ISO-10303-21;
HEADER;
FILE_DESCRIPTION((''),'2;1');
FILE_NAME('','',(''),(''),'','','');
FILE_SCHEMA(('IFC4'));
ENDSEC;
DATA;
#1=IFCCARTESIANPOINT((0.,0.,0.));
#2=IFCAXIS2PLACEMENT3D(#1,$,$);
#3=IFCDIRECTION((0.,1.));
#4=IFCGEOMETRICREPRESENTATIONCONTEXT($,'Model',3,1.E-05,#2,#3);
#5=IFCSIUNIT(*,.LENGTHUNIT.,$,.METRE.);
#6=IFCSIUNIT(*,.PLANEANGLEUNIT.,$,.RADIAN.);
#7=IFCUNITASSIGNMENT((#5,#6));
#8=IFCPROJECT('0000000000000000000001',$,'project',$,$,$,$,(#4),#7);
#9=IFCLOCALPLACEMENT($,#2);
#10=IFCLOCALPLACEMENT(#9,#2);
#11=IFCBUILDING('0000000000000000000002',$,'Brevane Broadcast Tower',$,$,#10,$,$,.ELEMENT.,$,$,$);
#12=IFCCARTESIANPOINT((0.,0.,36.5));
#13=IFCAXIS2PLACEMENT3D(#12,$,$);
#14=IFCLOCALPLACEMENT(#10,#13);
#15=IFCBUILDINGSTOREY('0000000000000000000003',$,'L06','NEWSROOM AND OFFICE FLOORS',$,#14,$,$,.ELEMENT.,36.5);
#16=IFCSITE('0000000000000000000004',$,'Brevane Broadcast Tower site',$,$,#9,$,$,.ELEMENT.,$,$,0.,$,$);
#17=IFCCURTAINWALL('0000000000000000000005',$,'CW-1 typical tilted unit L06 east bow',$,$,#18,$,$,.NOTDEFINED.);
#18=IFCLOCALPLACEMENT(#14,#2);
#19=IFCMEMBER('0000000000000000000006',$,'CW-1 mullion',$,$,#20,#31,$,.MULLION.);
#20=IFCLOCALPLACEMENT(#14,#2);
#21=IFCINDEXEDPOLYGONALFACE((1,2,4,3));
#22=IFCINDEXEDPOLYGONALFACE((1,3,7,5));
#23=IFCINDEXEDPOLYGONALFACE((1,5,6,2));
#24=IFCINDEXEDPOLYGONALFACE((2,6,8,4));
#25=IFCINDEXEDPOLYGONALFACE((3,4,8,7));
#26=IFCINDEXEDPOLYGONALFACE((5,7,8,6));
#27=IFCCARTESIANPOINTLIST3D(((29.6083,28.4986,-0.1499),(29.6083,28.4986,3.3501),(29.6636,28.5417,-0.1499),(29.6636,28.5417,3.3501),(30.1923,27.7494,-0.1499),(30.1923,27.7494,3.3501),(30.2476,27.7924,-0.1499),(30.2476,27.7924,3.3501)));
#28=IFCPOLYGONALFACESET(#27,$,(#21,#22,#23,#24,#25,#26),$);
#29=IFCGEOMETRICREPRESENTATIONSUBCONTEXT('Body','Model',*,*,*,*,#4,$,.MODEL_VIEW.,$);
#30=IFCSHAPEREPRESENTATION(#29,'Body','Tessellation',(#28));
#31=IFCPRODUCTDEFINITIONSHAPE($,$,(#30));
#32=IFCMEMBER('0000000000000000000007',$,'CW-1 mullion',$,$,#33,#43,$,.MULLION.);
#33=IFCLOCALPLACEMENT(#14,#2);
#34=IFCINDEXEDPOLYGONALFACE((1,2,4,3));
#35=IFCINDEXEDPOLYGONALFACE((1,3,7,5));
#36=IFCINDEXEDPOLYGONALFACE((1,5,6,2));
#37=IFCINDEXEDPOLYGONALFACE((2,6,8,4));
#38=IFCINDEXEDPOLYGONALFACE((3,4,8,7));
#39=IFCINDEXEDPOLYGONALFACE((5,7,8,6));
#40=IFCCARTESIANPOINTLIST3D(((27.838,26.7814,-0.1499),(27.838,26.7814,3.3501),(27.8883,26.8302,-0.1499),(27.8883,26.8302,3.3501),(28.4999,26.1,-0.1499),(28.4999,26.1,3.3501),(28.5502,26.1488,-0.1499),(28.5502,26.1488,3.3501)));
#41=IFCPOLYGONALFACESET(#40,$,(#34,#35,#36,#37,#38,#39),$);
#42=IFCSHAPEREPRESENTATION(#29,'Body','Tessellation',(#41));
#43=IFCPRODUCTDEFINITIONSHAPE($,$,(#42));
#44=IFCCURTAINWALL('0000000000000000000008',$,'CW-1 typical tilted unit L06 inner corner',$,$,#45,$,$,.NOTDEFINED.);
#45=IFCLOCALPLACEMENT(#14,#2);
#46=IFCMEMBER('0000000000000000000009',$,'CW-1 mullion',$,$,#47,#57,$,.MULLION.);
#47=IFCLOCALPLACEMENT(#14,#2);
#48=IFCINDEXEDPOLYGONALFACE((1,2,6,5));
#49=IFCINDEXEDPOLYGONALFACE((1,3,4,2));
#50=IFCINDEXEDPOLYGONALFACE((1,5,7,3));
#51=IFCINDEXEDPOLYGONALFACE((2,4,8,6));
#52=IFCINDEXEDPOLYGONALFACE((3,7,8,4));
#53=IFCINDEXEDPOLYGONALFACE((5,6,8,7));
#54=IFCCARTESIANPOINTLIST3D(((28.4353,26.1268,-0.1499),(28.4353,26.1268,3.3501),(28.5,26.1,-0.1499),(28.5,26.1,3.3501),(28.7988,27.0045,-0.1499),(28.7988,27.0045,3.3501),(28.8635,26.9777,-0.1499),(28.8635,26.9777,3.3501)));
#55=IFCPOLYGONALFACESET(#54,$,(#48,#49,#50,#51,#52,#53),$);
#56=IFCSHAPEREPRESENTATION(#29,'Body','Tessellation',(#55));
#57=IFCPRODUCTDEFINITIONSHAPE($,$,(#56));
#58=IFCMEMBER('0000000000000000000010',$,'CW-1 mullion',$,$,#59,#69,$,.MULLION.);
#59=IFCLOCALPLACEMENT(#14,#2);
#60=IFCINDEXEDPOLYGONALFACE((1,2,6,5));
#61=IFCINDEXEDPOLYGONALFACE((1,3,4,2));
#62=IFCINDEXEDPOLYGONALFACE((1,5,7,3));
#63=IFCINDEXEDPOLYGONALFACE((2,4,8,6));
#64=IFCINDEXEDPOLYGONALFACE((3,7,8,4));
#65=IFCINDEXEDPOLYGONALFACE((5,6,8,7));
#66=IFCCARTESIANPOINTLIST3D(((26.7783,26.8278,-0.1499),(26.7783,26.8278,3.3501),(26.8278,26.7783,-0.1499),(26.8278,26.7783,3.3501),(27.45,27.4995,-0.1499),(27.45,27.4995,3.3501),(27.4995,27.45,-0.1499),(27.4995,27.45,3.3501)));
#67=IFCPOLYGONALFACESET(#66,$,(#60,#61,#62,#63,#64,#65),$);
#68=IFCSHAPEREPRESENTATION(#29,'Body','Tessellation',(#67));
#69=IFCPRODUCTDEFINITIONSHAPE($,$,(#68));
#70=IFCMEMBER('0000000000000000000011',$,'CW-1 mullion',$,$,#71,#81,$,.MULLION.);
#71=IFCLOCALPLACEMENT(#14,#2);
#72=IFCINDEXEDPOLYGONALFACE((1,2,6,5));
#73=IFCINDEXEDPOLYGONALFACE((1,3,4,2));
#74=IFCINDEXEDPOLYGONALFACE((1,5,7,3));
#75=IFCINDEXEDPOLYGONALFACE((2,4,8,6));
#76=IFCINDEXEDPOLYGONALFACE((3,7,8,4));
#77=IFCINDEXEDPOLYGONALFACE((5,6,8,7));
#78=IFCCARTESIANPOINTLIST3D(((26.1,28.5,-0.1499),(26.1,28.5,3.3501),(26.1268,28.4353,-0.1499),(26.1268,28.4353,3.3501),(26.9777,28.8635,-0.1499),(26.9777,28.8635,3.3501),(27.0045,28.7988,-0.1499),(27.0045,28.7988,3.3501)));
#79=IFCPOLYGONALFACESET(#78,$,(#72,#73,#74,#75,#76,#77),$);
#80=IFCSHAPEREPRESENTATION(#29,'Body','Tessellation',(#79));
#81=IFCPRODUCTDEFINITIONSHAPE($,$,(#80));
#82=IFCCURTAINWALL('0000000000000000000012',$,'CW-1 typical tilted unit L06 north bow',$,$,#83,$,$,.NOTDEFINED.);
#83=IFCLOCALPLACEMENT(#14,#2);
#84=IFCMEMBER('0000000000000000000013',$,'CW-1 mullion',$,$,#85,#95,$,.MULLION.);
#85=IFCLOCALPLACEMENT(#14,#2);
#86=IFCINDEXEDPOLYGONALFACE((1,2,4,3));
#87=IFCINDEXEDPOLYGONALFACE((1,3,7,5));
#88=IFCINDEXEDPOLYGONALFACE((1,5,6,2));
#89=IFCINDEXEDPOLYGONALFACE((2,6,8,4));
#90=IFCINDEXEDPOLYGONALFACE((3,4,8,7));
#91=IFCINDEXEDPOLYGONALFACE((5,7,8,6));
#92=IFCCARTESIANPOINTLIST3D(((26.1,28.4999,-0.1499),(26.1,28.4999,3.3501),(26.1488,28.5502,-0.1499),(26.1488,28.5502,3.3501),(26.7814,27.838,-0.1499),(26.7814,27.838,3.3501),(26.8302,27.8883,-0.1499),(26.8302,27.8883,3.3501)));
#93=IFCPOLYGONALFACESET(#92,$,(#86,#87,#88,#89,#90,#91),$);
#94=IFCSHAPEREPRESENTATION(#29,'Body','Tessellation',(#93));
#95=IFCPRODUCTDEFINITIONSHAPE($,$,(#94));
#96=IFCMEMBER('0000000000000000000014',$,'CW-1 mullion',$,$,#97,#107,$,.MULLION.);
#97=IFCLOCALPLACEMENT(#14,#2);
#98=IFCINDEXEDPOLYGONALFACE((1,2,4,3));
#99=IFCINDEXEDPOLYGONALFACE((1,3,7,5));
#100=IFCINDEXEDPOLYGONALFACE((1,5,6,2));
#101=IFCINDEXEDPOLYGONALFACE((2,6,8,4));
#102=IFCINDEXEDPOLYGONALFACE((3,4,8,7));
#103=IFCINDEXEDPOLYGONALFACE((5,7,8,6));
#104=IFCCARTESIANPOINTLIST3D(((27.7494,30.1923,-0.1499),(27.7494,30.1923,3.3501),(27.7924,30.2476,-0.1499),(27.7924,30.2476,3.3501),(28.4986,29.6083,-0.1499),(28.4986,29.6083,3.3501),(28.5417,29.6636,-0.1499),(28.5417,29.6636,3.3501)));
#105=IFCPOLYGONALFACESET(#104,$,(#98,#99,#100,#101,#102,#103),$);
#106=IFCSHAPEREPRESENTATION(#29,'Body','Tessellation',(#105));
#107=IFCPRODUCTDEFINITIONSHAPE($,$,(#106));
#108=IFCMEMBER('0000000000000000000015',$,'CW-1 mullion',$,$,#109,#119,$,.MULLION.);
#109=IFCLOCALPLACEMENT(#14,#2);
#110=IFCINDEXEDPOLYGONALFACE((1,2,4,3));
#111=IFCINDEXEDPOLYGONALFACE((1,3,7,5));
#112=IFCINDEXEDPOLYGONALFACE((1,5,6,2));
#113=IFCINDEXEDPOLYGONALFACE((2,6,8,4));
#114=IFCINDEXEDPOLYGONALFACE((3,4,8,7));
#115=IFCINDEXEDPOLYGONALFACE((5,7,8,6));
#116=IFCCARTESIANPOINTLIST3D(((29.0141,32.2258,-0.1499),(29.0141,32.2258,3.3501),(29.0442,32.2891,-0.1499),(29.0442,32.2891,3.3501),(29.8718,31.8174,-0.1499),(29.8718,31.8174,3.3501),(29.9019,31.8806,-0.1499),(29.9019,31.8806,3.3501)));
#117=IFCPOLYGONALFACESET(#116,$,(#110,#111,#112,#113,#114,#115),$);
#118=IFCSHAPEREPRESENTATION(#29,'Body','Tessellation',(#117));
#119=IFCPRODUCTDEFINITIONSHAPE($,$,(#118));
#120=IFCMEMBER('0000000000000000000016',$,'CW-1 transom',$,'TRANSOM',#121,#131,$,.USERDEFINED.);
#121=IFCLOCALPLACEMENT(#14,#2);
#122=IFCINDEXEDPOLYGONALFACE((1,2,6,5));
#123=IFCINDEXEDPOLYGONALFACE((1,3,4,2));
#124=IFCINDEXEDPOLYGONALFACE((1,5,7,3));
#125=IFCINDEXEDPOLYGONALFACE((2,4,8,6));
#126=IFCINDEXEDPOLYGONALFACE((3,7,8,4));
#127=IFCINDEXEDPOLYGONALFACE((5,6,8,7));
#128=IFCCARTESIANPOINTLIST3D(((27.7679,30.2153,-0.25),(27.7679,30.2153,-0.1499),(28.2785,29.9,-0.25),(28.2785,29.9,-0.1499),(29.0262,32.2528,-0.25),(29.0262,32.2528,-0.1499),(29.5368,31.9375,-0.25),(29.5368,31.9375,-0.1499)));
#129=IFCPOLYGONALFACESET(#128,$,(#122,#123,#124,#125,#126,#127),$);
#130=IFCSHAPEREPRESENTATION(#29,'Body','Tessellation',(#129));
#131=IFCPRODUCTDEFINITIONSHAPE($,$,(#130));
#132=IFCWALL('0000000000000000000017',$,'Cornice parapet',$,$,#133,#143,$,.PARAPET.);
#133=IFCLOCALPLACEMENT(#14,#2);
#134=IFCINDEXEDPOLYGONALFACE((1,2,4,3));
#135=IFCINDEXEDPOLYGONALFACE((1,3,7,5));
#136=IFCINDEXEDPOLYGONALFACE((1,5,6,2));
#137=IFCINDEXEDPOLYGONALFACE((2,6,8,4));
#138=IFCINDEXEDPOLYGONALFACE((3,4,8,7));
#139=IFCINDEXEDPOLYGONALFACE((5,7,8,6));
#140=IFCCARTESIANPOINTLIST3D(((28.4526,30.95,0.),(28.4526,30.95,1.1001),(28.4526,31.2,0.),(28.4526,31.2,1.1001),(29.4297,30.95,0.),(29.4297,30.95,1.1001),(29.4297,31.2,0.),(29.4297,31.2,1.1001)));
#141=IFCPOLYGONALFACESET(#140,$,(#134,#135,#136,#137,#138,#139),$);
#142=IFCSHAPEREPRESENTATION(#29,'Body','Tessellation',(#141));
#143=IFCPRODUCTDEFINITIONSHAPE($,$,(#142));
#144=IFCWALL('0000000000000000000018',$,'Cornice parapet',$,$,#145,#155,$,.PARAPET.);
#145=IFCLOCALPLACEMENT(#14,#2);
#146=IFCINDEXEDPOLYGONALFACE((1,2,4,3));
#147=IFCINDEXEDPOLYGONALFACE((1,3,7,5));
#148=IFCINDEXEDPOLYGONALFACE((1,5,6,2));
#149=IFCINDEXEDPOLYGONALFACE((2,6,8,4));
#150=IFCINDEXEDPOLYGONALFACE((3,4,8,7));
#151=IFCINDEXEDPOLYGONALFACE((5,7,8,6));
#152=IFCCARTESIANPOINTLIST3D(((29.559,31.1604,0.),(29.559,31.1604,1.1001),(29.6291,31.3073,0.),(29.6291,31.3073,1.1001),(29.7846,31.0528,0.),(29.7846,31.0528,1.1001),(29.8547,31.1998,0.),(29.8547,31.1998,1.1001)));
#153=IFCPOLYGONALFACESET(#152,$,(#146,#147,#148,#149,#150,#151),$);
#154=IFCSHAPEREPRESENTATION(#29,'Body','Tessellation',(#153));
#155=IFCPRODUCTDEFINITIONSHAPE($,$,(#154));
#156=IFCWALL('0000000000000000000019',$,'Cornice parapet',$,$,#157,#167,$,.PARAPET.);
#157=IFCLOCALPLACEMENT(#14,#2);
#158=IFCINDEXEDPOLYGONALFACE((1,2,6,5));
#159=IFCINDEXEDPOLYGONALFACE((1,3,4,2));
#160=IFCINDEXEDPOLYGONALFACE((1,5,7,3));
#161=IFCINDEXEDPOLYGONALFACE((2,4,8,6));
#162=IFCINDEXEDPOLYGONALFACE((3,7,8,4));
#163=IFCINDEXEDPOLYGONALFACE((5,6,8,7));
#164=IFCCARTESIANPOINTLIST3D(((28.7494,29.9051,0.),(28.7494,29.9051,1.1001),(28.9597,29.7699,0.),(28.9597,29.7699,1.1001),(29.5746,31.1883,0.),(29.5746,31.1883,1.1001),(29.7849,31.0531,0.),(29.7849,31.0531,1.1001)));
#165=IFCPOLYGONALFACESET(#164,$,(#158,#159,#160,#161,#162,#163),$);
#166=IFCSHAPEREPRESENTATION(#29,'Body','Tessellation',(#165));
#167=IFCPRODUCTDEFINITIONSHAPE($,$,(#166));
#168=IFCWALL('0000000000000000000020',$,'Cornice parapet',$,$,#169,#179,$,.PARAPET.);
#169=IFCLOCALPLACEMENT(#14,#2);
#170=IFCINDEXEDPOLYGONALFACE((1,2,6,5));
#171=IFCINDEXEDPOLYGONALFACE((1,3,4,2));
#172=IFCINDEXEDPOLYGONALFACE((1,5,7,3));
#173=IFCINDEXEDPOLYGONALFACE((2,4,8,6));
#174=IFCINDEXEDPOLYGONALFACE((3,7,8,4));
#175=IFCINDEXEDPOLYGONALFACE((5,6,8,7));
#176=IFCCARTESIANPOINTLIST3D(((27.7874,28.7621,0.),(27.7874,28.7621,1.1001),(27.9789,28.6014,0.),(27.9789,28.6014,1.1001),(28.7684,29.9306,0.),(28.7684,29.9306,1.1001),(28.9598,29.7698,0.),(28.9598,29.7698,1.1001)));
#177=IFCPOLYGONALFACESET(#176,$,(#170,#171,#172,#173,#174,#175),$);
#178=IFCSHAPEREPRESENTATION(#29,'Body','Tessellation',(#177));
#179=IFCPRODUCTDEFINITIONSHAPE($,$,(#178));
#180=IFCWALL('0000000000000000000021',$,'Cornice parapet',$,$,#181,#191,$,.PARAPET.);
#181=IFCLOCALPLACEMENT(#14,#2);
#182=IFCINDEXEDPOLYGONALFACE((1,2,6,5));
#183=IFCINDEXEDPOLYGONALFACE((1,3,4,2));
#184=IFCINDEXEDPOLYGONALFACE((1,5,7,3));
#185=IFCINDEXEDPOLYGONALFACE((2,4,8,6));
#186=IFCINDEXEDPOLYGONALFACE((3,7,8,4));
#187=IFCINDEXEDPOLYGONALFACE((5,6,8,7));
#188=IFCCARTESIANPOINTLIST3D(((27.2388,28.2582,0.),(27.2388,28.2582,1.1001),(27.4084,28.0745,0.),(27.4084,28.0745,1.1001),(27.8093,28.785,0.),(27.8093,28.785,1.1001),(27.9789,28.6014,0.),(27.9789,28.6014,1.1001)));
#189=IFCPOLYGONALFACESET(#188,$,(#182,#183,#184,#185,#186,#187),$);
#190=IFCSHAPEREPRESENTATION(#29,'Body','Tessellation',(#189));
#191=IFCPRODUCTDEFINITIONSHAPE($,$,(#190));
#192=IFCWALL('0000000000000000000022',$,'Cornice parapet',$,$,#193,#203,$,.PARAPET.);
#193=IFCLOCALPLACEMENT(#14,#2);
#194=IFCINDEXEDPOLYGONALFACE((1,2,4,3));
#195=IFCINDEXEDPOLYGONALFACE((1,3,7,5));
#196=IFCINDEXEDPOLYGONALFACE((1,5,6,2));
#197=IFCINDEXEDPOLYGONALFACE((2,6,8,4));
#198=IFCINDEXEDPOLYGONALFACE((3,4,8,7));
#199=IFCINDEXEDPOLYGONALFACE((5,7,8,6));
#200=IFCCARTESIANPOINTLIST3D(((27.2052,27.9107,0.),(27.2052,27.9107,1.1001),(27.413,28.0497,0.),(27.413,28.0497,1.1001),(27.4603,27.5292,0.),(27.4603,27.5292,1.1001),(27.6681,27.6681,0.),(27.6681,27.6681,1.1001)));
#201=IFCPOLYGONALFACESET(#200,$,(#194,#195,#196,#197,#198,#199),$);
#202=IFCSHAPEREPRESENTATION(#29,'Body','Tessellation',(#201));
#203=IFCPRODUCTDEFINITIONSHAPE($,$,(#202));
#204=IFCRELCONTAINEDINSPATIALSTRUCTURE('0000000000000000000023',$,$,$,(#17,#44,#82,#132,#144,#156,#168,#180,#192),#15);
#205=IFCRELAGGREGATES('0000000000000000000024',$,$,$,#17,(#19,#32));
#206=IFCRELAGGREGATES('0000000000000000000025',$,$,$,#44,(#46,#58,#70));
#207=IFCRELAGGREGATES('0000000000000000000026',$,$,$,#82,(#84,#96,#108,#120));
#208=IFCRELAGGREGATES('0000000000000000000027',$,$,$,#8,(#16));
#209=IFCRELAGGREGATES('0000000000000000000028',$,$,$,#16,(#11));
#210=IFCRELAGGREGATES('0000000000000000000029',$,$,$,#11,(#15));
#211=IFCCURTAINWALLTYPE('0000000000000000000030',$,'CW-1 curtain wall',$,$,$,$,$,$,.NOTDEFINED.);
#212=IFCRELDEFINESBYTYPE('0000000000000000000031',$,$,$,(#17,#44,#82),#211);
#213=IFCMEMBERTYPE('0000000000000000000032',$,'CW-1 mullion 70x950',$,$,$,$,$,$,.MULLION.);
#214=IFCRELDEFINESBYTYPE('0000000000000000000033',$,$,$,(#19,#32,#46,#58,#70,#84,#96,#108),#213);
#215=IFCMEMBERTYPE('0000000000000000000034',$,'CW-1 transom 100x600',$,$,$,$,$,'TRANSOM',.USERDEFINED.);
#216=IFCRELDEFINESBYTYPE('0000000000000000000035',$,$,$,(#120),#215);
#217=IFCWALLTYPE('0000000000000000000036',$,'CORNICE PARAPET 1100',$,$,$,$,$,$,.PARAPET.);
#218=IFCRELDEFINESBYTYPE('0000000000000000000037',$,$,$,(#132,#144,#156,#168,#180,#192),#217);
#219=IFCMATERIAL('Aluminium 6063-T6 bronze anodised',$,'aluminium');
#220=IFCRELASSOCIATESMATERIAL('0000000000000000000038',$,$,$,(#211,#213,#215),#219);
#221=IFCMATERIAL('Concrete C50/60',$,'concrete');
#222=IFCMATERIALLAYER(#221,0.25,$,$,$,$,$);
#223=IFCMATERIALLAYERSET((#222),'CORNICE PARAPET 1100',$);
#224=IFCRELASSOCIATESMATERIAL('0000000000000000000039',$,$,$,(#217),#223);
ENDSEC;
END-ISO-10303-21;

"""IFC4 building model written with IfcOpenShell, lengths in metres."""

from ifc_helpers import new_model, si_unit, direction, frame, frame_2d, origin, origin_2d, place, context, subcontext, project, spatial, rectangle, extrude, material, layer, layer_set, material_profile, profile_set, type_object, element, aggregate, save


model = new_model("IFC4")

# Units and contexts
model_context = context("Model", 3, precision=1e-05, world=origin(), true_north=direction((0.0, 1.0)))
body_context = subcontext(model_context, "Body", "Model", "MODEL_VIEW")
ifc_project = project(units=[si_unit("LENGTHUNIT", "METRE"), si_unit("PLANEANGLEUNIT", "RADIAN")], contexts=[model_context])

# Site, building, storey
site_placement = place(None, origin())
site = spatial("IfcSite", under=ifc_project, at=site_placement, Name="Brevane Broadcast Tower site", CompositionType="ELEMENT", RefElevation=0.0)
building_placement = place(site_placement, origin())
building = spatial("IfcBuilding", under=site, at=building_placement, Name="Brevane Broadcast Tower", CompositionType="ELEMENT")
storey_placement = place(building_placement, frame((0.0, 0.0, 36.5)))
storey = spatial("IfcBuildingStorey", under=building, at=storey_placement, Name="L06", Description="NEWSROOM AND OFFICE FLOORS", CompositionType="ELEMENT", Elevation=36.5)

# Curtain walls, members
ifc_material_1 = material(Name="Aluminium 6063-T6 bronze anodised", Category="aluminium")
curtain_wall_type = type_object("IfcCurtainWallType", Name="CW-1 curtain wall", PredefinedType="NOTDEFINED", material=ifc_material_1)
curtain_wall_1_placement = place(storey_placement, origin())
curtain_wall_1 = element("IfcCurtainWall", 1, at=curtain_wall_1_placement, inside=storey, type_object=curtain_wall_type, Name="CW-1 typical tilted unit L06 east bow", PredefinedType="NOTDEFINED")
ifc_material_profile_1 = material_profile(ifc_material_1, rectangle(XDim=0.95, YDim=0.0701, at=origin_2d()), Name="RECT 70x950")
ifc_profile_set_1 = profile_set([ifc_material_profile_1], Name="Aluminium 6063-T6 bronze anodised")
member_type_1 = type_object("IfcMemberType", Name="CW-1 mullion 70x950", PredefinedType="MULLION", material=ifc_profile_set_1)
member_1_placement = place(storey_placement, frame((29.928, 28.1455, -0.1499), z_axis=(0.0, 0.0, 1.0), x_axis=(0.61477, -0.788707, 0.0)))
member_1 = element("IfcMember", 2, at=member_1_placement, type_object=member_type_1, Name="CW-1 mullion", PredefinedType="MULLION", context=body_context, shape_type="SweptSolid", body=[
    extrude(rectangle(XDim=0.95, YDim=0.0701, at=origin_2d()), origin(), (0.0, 0.0, 1.0), 3.5),
])
member_2_placement = place(storey_placement, frame((28.1941, 26.4651, -0.1499), z_axis=(0.0, 0.0, 1.0), x_axis=(0.696812, -0.717254, 0.0)))
member_2 = element("IfcMember", 3, at=member_2_placement, type_object=member_type_1, Name="CW-1 mullion", PredefinedType="MULLION", context=body_context, shape_type="SweptSolid", body=[
    extrude(rectangle(XDim=0.95, YDim=0.0701, at=origin_2d()), origin(), (0.0, 0.0, 1.0), 3.5),
])
aggregate(curtain_wall_1, [member_1, member_2])
curtain_wall_2_placement = place(storey_placement, origin())
curtain_wall_2 = element("IfcCurtainWall", 4, at=curtain_wall_2_placement, inside=storey, type_object=curtain_wall_type, Name="CW-1 typical tilted unit L06 inner corner", PredefinedType="NOTDEFINED")
member_3_placement = place(storey_placement, frame((28.6494, 26.5522, -0.1499), z_axis=(0.0, 0.0, 1.0), x_axis=(-0.382684, -0.923879, 0.0)))
member_3 = element("IfcMember", 5, at=member_3_placement, type_object=member_type_1, Name="CW-1 mullion", PredefinedType="MULLION", context=body_context, shape_type="SweptSolid", body=[
    extrude(rectangle(XDim=0.95, YDim=0.0701, at=origin_2d()), origin(), (0.0, 0.0, 1.0), 3.5),
])
member_4_placement = place(storey_placement, frame((27.1389, 27.1389, -0.1499), z_axis=(0.0, 0.0, 1.0), x_axis=(-0.707107, -0.707107, 0.0)))
member_4 = element("IfcMember", 6, at=member_4_placement, type_object=member_type_1, Name="CW-1 mullion", PredefinedType="MULLION", context=body_context, shape_type="SweptSolid", body=[
    extrude(rectangle(XDim=0.95, YDim=0.0701, at=origin_2d()), origin(), (0.0, 0.0, 1.0), 3.5),
])
member_5_placement = place(storey_placement, frame((26.5522, 28.6494, -0.1499), z_axis=(0.0, 0.0, 1.0), x_axis=(-0.923879, -0.382684, 0.0)))
member_5 = element("IfcMember", 7, at=member_5_placement, type_object=member_type_1, Name="CW-1 mullion", PredefinedType="MULLION", context=body_context, shape_type="SweptSolid", body=[
    extrude(rectangle(XDim=0.95, YDim=0.0701, at=origin_2d()), origin(), (0.0, 0.0, 1.0), 3.5),
])
aggregate(curtain_wall_2, [member_3, member_4, member_5])
curtain_wall_3_placement = place(storey_placement, origin())
curtain_wall_3 = element("IfcCurtainWall", 8, at=curtain_wall_3_placement, inside=storey, type_object=curtain_wall_type, Name="CW-1 typical tilted unit L06 north bow", PredefinedType="NOTDEFINED")
member_6_placement = place(storey_placement, frame((26.4651, 28.1941, -0.1499), z_axis=(0.0, 0.0, 1.0), x_axis=(-0.717254, 0.696812, 0.0)))
member_6 = element("IfcMember", 9, at=member_6_placement, type_object=member_type_1, Name="CW-1 mullion", PredefinedType="MULLION", context=body_context, shape_type="SweptSolid", body=[
    extrude(rectangle(XDim=0.95, YDim=0.0701, at=origin_2d()), origin(), (0.0, 0.0, 1.0), 3.5),
])
member_7_placement = place(storey_placement, frame((28.1455, 29.928, -0.1499), z_axis=(0.0, 0.0, 1.0), x_axis=(-0.788707, 0.61477, 0.0)))
member_7 = element("IfcMember", 10, at=member_7_placement, type_object=member_type_1, Name="CW-1 mullion", PredefinedType="MULLION", context=body_context, shape_type="SweptSolid", body=[
    extrude(rectangle(XDim=0.95, YDim=0.0701, at=origin_2d()), origin(), (0.0, 0.0, 1.0), 3.5),
])
member_8_placement = place(storey_placement, frame((29.458, 32.0532, -0.1499), z_axis=(0.0, 0.0, 1.0), x_axis=(-0.902861, 0.429934, 0.0)))
member_8 = element("IfcMember", 11, at=member_8_placement, type_object=member_type_1, Name="CW-1 mullion", PredefinedType="MULLION", context=body_context, shape_type="SweptSolid", body=[
    extrude(rectangle(XDim=0.95, YDim=0.0701, at=origin_2d()), origin(), (0.0, 0.0, 1.0), 3.5),
])
ifc_material_profile_2 = material_profile(ifc_material_1, rectangle(XDim=0.6001, YDim=0.1001, at=origin_2d()), Name="RECT 100x600")
ifc_profile_set_2 = profile_set([ifc_material_profile_2], Name="Aluminium 6063-T6 bronze anodised")
member_type_2 = type_object("IfcMemberType", Name="CW-1 transom 100x600", ElementType="TRANSOM", PredefinedType="USERDEFINED", material=ifc_profile_set_2)
member_9_placement = place(storey_placement, frame((28.0232, 30.0576, -0.2), z_axis=(0.525428, 0.850838, 0.0), x_axis=(-0.850838, 0.525428, 0.0)))
member_9 = element("IfcMember", 12, at=member_9_placement, type_object=member_type_2, Name="CW-1 transom", ObjectType="TRANSOM", PredefinedType="USERDEFINED", context=body_context, shape_type="SweptSolid", body=[
    extrude(rectangle(XDim=0.6001, YDim=0.1001, at=origin_2d()), origin(), (0.0, 0.0, 1.0), 2.3948),
])
aggregate(curtain_wall_3, [member_6, member_7, member_8, member_9])

# Walls
ifc_material_2 = material(Name="Concrete C50/60", Category="concrete")
ifc_layer_1 = layer(ifc_material_2, 0.25)
ifc_layer_set_1 = layer_set([ifc_layer_1], Name="CORNICE PARAPET 1100")
wall_type_1 = type_object("IfcWallType", Name="CORNICE PARAPET 1100", PredefinedType="PARAPET", material=ifc_layer_set_1)
wall_1_placement = place(storey_placement, frame((28.4526, 31.075, 0.0), z_axis=(0.0, 0.0, 1.0), x_axis=(1.0, 0.0, 0.0)))
element("IfcWall", 13, at=wall_1_placement, inside=storey, type_object=wall_type_1, Name="Cornice parapet", PredefinedType="PARAPET", context=body_context, shape_type="SweptSolid", body=[
    extrude(rectangle(XDim=0.9771, YDim=0.25, at=frame_2d((0.4885, 0.0))), origin(), (0.0, 0.0, 1.0), 1.1001),
])
wall_2_placement = place(storey_placement, frame((29.7419, 31.2537, 0.0), z_axis=(0.0, 0.0, 1.0), x_axis=(-0.430341, -0.902666, 0.0)))
element("IfcWall", 14, at=wall_2_placement, inside=storey, type_object=wall_type_1, Name="Cornice parapet", PredefinedType="PARAPET", context=body_context, shape_type="SweptSolid", body=[
    extrude(rectangle(XDim=0.1628, YDim=0.25, at=frame_2d((0.0815, 0.0))), origin(), (0.0, 0.0, 1.0), 1.1001),
])
for number, where, z_axis, x_axis, name in (
    (15, (29.6797, 31.1206, 0.0), (0.0, 0.0, 1.0), (-0.540887, -0.841095, 0.0), "Cornice parapet"),
    (16, (28.864, 29.8501, 0.0), (0.0, 0.0, 1.0), (-0.642982, -0.765881, 0.0), "Cornice parapet"),
):
    element("IfcWall", number, at=place(storey_placement, frame(where, z_axis=z_axis, x_axis=x_axis)), inside=storey, type_object=wall_type_1, Name=name, PredefinedType="PARAPET", context=body_context, shape_type="SweptSolid", body=[
        extrude(rectangle(XDim=1.5256, YDim=0.25, at=frame_2d((0.7627, 0.0))), origin(), (0.0, 0.0, 1.0), 1.1001),
    ])
wall_3_placement = place(storey_placement, frame((27.894, 28.6931, 0.0), z_axis=(0.0, 0.0, 1.0), x_axis=(-0.734683, -0.678411, 0.0)))
element("IfcWall", 17, at=wall_3_placement, inside=storey, type_object=wall_type_1, Name="Cornice parapet", PredefinedType="PARAPET", context=body_context, shape_type="SweptSolid", body=[
    extrude(rectangle(XDim=0.7766, YDim=0.25, at=frame_2d((0.3882, 0.0))), origin(), (0.0, 0.0, 1.0), 1.1001),
])
for number, where, z_axis, x_axis, name in (
    (18, (27.3091, 27.9802, 0.0), (0.0, 0.0, 1.0), (0.555804, -0.831313, 0.0), "Cornice parapet"),
):
    element("IfcWall", number, at=place(storey_placement, frame(where, z_axis=z_axis, x_axis=x_axis)), inside=storey, type_object=wall_type_1, Name=name, PredefinedType="PARAPET", context=body_context, shape_type="SweptSolid", body=[
        extrude(rectangle(XDim=0.459, YDim=0.25, at=frame_2d((0.2295, 0.0))), origin(), (0.0, 0.0, 1.0), 1.1001),
    ])

save(model, "model.ifc")
